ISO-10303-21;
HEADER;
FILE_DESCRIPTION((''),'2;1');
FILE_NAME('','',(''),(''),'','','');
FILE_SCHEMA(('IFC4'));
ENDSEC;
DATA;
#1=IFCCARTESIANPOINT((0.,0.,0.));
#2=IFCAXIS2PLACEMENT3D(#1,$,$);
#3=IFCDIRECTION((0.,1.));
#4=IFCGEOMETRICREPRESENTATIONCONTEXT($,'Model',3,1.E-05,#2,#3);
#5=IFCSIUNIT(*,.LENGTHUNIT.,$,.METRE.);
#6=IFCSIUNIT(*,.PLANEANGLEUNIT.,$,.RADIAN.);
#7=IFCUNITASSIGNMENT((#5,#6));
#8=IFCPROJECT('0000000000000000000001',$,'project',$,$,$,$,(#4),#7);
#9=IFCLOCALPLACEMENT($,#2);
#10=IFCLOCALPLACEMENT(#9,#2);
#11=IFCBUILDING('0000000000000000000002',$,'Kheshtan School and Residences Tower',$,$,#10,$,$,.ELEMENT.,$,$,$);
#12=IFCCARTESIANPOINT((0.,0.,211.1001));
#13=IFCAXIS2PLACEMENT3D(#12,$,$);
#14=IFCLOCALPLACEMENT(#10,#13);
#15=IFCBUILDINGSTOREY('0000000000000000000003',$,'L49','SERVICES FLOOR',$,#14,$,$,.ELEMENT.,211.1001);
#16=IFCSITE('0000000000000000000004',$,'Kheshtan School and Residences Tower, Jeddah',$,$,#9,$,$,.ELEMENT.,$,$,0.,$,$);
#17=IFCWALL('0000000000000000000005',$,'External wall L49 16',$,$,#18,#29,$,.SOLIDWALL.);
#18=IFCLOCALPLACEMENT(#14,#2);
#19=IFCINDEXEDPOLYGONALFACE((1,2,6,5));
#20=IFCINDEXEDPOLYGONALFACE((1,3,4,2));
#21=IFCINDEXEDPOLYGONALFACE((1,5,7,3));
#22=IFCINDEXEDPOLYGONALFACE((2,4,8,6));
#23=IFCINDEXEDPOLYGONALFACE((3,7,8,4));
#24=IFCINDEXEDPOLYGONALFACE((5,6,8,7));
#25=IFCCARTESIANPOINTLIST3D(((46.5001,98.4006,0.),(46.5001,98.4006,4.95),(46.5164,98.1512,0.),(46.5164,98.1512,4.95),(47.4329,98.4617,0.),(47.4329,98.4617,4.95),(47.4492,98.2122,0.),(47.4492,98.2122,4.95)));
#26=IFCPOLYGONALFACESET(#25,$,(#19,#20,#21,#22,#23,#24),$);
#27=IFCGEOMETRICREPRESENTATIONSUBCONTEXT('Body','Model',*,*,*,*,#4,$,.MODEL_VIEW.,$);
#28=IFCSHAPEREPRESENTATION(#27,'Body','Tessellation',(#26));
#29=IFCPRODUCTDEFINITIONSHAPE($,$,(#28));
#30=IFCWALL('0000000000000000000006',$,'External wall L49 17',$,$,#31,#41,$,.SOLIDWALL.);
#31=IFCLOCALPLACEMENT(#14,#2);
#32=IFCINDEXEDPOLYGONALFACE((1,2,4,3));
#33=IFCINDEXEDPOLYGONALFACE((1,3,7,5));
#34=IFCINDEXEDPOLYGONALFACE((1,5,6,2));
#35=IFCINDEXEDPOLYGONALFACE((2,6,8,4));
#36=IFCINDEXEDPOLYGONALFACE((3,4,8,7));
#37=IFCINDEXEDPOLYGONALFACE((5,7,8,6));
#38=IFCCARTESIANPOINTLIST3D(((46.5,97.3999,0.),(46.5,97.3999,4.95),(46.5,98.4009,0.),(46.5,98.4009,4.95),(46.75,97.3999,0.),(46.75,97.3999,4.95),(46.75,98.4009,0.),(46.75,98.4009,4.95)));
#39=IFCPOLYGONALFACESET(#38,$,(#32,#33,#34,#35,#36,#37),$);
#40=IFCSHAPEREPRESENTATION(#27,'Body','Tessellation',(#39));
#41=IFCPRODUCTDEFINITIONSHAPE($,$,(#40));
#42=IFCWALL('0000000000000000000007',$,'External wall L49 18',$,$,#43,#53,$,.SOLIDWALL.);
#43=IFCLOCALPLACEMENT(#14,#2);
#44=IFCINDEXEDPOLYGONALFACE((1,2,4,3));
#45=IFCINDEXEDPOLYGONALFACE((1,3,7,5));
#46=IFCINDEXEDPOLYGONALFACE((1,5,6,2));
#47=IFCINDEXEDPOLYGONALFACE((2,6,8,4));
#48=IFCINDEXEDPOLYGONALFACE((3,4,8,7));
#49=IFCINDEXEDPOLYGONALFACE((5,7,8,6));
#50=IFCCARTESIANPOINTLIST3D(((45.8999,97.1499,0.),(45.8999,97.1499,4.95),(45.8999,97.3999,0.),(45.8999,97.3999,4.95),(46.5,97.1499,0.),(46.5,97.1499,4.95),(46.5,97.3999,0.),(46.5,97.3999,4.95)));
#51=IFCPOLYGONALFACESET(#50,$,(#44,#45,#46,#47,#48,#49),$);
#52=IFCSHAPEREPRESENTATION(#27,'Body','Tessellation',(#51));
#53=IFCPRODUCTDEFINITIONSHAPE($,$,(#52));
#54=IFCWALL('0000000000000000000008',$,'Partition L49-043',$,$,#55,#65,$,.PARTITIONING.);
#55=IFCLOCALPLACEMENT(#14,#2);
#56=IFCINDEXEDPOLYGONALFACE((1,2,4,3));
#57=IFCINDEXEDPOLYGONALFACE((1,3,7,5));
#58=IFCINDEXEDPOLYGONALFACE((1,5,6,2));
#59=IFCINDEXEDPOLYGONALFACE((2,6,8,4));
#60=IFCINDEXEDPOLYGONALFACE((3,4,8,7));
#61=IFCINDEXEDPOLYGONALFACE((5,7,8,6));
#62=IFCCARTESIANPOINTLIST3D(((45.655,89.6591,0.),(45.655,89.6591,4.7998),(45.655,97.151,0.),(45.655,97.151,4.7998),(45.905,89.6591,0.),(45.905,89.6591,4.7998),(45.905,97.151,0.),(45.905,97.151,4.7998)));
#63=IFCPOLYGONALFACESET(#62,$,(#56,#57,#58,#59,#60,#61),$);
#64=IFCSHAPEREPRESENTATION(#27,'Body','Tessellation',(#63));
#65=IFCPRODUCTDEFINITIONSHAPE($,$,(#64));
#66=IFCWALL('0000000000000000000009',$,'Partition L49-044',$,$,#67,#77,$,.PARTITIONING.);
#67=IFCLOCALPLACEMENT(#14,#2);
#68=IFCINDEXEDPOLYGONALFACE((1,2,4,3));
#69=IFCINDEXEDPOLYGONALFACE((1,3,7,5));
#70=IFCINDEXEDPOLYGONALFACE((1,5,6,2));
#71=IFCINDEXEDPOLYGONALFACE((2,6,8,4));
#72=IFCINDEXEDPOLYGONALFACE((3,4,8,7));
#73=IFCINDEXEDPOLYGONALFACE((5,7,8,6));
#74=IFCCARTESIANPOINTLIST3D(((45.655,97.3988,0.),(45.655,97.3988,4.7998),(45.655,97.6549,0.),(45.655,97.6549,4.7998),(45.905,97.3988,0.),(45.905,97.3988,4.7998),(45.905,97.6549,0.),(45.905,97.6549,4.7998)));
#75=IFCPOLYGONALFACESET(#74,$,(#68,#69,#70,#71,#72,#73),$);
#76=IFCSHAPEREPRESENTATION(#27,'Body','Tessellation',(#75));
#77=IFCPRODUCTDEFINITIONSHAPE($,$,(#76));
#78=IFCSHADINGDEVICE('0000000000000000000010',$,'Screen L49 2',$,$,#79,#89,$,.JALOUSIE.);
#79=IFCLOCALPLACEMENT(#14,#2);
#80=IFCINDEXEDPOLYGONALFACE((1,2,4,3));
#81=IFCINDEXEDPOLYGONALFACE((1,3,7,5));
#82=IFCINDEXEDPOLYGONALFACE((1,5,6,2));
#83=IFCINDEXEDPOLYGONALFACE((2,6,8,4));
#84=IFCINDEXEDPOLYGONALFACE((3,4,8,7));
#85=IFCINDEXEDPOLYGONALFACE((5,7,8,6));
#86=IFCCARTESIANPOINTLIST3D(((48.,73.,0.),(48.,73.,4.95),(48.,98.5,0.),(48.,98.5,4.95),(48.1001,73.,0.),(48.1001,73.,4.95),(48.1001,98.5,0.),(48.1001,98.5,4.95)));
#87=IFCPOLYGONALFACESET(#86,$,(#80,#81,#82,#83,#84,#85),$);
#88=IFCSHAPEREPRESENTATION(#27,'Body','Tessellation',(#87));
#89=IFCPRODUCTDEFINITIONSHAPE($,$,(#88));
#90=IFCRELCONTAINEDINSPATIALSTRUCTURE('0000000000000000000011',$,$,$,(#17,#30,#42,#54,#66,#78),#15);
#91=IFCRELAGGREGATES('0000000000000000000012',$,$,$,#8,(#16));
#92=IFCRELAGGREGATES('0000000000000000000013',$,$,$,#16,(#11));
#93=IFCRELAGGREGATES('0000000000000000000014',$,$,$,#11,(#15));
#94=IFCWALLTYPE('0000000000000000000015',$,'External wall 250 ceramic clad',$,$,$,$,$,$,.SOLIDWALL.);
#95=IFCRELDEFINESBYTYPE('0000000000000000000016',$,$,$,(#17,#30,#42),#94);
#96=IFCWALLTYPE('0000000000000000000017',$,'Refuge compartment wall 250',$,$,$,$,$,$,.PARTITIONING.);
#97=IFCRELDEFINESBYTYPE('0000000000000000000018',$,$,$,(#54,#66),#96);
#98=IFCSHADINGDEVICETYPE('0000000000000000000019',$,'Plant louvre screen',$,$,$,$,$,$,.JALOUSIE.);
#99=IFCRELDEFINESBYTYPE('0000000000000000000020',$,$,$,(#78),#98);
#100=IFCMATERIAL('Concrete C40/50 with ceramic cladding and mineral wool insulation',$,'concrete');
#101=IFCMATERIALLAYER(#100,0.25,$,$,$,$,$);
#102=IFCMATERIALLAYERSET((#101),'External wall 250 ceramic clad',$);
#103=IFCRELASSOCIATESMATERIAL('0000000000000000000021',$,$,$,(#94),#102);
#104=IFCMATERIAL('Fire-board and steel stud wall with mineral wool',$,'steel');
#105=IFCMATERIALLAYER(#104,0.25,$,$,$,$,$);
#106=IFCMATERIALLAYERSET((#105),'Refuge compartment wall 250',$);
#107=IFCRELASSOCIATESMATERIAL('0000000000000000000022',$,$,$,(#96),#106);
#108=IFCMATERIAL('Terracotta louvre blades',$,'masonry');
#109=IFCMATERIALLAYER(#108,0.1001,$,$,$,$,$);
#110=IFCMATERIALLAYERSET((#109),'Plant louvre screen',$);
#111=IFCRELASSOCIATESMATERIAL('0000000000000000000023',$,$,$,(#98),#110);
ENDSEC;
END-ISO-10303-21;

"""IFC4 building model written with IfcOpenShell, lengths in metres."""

from ifc_helpers import new_model, si_unit, direction, frame, frame_2d, origin, origin_2d, place, context, subcontext, project, spatial, rectangle, extrude, material, layer, layer_set, type_object, element, save


model = new_model("IFC4")

# Units and contexts
model_context = context("Model", 3, precision=1e-05, world=origin(), true_north=direction((0.0, 1.0)))
body_context = subcontext(model_context, "Body", "Model", "MODEL_VIEW")
ifc_project = project(units=[si_unit("LENGTHUNIT", "METRE"), si_unit("PLANEANGLEUNIT", "RADIAN")], contexts=[model_context])

# Site, building, storey
site_placement = place(None, origin())
site = spatial("IfcSite", under=ifc_project, at=site_placement, Name="Kheshtan School and Residences Tower, Jeddah", CompositionType="ELEMENT", RefElevation=0.0)
building_placement = place(site_placement, origin())
building = spatial("IfcBuilding", under=site, at=building_placement, Name="Kheshtan School and Residences Tower", CompositionType="ELEMENT")
storey_placement = place(building_placement, frame((0.0, 0.0, 211.1001)))
storey = spatial("IfcBuildingStorey", under=building, at=storey_placement, Name="L49", Description="SERVICES FLOOR", CompositionType="ELEMENT", Elevation=211.1001)

# Walls
ifc_material_1 = material(Name="Concrete C40/50 with ceramic cladding and mineral wool insulation", Category="concrete")
ifc_layer_1 = layer(ifc_material_1, 0.25)
ifc_layer_set_1 = layer_set([ifc_layer_1], Name="External wall 250 ceramic clad")
wall_type_1 = type_object("IfcWallType", Name="External wall 250 ceramic clad", PredefinedType="SOLIDWALL", material=ifc_layer_set_1)
wall_1_placement = place(storey_placement, frame((47.4409, 98.3369, 0.0), z_axis=(0.0, 0.0, 1.0), x_axis=(-0.997866, -0.065288, 0.0)))
element("IfcWall", 1, at=wall_1_placement, inside=storey, type_object=wall_type_1, Name="External wall L49 16", PredefinedType="SOLIDWALL", context=body_context, shape_type="SweptSolid", body=[
    extrude(rectangle(XDim=0.9348, YDim=0.25, at=frame_2d((0.4673, 0.0))), origin(), (0.0, 0.0, 1.0), 4.95),
])
wall_2_placement = place(storey_placement, frame((46.625, 98.4009, 0.0), z_axis=(0.0, 0.0, 1.0), x_axis=(0.0, -1.0, 0.0)))
element("IfcWall", 2, at=wall_2_placement, inside=storey, type_object=wall_type_1, Name="External wall L49 17", PredefinedType="SOLIDWALL", context=body_context, shape_type="SweptSolid", body=[
    extrude(rectangle(XDim=1.001, YDim=0.25, at=frame_2d((0.5005, 0.0))), origin(), (0.0, 0.0, 1.0), 4.95),
])
wall_3_placement = place(storey_placement, frame((46.5, 97.2749, 0.0), z_axis=(0.0, 0.0, 1.0), x_axis=(-1.0, 0.0, 0.0)))
element("IfcWall", 3, at=wall_3_placement, inside=storey, type_object=wall_type_1, Name="External wall L49 18", PredefinedType="SOLIDWALL", context=body_context, shape_type="SweptSolid", body=[
    extrude(rectangle(XDim=0.6001, YDim=0.25, at=frame_2d((0.3, 0.0))), origin(), (0.0, 0.0, 1.0), 4.95),
])
ifc_material_2 = material(Name="Fire-board and steel stud wall with mineral wool", Category="steel")
ifc_layer_2 = layer(ifc_material_2, 0.25)
ifc_layer_set_2 = layer_set([ifc_layer_2], Name="Refuge compartment wall 250")
wall_type_2 = type_object("IfcWallType", Name="Refuge compartment wall 250", PredefinedType="PARTITIONING", material=ifc_layer_set_2)
wall_4_placement = place(storey_placement, frame((45.78, 89.6589, 0.0), z_axis=(0.0, 0.0, 1.0), x_axis=(0.0, 1.0, 0.0)))
element("IfcWall", 4, at=wall_4_placement, inside=storey, type_object=wall_type_2, Name="Partition L49-043", PredefinedType="PARTITIONING", context=body_context, shape_type="SweptSolid", body=[
    extrude(rectangle(XDim=7.4919, YDim=0.25, at=frame_2d((3.7461, 0.0))), origin(), (0.0, 0.0, 1.0), 4.7998),
])
wall_5_placement = place(storey_placement, frame((45.78, 97.3989, 0.0), z_axis=(0.0, 0.0, 1.0), x_axis=(0.0, 1.0, 0.0)))
element("IfcWall", 5, at=wall_5_placement, inside=storey, type_object=wall_type_2, Name="Partition L49-044", PredefinedType="PARTITIONING", context=body_context, shape_type="SweptSolid", body=[
    extrude(rectangle(XDim=0.2561, YDim=0.25, at=frame_2d((0.1279, 0.0))), origin(), (0.0, 0.0, 1.0), 4.7998),
])

# Shading device
ifc_material_3 = material(Name="Terracotta louvre blades", Category="masonry")
ifc_layer_3 = layer(ifc_material_3, 0.1001)
ifc_layer_set_3 = layer_set([ifc_layer_3], Name="Plant louvre screen")
shading_device_type = type_object("IfcShadingDeviceType", Name="Plant louvre screen", PredefinedType="JALOUSIE", material=ifc_layer_set_3)
shading_device_placement = place(storey_placement, frame((48.05, 85.75, 0.0), z_axis=(0.0, 0.0, 1.0), x_axis=(0.0, -1.0, 0.0)))
element("IfcShadingDevice", 6, at=shading_device_placement, inside=storey, type_object=shading_device_type, Name="Screen L49 2", PredefinedType="JALOUSIE", context=body_context, shape_type="SweptSolid", body=[
    extrude(rectangle(XDim=25.5, YDim=0.1001, at=origin_2d()), origin(), (0.0, 0.0, 1.0), 4.95),
])

save(model, "model.ifc")
